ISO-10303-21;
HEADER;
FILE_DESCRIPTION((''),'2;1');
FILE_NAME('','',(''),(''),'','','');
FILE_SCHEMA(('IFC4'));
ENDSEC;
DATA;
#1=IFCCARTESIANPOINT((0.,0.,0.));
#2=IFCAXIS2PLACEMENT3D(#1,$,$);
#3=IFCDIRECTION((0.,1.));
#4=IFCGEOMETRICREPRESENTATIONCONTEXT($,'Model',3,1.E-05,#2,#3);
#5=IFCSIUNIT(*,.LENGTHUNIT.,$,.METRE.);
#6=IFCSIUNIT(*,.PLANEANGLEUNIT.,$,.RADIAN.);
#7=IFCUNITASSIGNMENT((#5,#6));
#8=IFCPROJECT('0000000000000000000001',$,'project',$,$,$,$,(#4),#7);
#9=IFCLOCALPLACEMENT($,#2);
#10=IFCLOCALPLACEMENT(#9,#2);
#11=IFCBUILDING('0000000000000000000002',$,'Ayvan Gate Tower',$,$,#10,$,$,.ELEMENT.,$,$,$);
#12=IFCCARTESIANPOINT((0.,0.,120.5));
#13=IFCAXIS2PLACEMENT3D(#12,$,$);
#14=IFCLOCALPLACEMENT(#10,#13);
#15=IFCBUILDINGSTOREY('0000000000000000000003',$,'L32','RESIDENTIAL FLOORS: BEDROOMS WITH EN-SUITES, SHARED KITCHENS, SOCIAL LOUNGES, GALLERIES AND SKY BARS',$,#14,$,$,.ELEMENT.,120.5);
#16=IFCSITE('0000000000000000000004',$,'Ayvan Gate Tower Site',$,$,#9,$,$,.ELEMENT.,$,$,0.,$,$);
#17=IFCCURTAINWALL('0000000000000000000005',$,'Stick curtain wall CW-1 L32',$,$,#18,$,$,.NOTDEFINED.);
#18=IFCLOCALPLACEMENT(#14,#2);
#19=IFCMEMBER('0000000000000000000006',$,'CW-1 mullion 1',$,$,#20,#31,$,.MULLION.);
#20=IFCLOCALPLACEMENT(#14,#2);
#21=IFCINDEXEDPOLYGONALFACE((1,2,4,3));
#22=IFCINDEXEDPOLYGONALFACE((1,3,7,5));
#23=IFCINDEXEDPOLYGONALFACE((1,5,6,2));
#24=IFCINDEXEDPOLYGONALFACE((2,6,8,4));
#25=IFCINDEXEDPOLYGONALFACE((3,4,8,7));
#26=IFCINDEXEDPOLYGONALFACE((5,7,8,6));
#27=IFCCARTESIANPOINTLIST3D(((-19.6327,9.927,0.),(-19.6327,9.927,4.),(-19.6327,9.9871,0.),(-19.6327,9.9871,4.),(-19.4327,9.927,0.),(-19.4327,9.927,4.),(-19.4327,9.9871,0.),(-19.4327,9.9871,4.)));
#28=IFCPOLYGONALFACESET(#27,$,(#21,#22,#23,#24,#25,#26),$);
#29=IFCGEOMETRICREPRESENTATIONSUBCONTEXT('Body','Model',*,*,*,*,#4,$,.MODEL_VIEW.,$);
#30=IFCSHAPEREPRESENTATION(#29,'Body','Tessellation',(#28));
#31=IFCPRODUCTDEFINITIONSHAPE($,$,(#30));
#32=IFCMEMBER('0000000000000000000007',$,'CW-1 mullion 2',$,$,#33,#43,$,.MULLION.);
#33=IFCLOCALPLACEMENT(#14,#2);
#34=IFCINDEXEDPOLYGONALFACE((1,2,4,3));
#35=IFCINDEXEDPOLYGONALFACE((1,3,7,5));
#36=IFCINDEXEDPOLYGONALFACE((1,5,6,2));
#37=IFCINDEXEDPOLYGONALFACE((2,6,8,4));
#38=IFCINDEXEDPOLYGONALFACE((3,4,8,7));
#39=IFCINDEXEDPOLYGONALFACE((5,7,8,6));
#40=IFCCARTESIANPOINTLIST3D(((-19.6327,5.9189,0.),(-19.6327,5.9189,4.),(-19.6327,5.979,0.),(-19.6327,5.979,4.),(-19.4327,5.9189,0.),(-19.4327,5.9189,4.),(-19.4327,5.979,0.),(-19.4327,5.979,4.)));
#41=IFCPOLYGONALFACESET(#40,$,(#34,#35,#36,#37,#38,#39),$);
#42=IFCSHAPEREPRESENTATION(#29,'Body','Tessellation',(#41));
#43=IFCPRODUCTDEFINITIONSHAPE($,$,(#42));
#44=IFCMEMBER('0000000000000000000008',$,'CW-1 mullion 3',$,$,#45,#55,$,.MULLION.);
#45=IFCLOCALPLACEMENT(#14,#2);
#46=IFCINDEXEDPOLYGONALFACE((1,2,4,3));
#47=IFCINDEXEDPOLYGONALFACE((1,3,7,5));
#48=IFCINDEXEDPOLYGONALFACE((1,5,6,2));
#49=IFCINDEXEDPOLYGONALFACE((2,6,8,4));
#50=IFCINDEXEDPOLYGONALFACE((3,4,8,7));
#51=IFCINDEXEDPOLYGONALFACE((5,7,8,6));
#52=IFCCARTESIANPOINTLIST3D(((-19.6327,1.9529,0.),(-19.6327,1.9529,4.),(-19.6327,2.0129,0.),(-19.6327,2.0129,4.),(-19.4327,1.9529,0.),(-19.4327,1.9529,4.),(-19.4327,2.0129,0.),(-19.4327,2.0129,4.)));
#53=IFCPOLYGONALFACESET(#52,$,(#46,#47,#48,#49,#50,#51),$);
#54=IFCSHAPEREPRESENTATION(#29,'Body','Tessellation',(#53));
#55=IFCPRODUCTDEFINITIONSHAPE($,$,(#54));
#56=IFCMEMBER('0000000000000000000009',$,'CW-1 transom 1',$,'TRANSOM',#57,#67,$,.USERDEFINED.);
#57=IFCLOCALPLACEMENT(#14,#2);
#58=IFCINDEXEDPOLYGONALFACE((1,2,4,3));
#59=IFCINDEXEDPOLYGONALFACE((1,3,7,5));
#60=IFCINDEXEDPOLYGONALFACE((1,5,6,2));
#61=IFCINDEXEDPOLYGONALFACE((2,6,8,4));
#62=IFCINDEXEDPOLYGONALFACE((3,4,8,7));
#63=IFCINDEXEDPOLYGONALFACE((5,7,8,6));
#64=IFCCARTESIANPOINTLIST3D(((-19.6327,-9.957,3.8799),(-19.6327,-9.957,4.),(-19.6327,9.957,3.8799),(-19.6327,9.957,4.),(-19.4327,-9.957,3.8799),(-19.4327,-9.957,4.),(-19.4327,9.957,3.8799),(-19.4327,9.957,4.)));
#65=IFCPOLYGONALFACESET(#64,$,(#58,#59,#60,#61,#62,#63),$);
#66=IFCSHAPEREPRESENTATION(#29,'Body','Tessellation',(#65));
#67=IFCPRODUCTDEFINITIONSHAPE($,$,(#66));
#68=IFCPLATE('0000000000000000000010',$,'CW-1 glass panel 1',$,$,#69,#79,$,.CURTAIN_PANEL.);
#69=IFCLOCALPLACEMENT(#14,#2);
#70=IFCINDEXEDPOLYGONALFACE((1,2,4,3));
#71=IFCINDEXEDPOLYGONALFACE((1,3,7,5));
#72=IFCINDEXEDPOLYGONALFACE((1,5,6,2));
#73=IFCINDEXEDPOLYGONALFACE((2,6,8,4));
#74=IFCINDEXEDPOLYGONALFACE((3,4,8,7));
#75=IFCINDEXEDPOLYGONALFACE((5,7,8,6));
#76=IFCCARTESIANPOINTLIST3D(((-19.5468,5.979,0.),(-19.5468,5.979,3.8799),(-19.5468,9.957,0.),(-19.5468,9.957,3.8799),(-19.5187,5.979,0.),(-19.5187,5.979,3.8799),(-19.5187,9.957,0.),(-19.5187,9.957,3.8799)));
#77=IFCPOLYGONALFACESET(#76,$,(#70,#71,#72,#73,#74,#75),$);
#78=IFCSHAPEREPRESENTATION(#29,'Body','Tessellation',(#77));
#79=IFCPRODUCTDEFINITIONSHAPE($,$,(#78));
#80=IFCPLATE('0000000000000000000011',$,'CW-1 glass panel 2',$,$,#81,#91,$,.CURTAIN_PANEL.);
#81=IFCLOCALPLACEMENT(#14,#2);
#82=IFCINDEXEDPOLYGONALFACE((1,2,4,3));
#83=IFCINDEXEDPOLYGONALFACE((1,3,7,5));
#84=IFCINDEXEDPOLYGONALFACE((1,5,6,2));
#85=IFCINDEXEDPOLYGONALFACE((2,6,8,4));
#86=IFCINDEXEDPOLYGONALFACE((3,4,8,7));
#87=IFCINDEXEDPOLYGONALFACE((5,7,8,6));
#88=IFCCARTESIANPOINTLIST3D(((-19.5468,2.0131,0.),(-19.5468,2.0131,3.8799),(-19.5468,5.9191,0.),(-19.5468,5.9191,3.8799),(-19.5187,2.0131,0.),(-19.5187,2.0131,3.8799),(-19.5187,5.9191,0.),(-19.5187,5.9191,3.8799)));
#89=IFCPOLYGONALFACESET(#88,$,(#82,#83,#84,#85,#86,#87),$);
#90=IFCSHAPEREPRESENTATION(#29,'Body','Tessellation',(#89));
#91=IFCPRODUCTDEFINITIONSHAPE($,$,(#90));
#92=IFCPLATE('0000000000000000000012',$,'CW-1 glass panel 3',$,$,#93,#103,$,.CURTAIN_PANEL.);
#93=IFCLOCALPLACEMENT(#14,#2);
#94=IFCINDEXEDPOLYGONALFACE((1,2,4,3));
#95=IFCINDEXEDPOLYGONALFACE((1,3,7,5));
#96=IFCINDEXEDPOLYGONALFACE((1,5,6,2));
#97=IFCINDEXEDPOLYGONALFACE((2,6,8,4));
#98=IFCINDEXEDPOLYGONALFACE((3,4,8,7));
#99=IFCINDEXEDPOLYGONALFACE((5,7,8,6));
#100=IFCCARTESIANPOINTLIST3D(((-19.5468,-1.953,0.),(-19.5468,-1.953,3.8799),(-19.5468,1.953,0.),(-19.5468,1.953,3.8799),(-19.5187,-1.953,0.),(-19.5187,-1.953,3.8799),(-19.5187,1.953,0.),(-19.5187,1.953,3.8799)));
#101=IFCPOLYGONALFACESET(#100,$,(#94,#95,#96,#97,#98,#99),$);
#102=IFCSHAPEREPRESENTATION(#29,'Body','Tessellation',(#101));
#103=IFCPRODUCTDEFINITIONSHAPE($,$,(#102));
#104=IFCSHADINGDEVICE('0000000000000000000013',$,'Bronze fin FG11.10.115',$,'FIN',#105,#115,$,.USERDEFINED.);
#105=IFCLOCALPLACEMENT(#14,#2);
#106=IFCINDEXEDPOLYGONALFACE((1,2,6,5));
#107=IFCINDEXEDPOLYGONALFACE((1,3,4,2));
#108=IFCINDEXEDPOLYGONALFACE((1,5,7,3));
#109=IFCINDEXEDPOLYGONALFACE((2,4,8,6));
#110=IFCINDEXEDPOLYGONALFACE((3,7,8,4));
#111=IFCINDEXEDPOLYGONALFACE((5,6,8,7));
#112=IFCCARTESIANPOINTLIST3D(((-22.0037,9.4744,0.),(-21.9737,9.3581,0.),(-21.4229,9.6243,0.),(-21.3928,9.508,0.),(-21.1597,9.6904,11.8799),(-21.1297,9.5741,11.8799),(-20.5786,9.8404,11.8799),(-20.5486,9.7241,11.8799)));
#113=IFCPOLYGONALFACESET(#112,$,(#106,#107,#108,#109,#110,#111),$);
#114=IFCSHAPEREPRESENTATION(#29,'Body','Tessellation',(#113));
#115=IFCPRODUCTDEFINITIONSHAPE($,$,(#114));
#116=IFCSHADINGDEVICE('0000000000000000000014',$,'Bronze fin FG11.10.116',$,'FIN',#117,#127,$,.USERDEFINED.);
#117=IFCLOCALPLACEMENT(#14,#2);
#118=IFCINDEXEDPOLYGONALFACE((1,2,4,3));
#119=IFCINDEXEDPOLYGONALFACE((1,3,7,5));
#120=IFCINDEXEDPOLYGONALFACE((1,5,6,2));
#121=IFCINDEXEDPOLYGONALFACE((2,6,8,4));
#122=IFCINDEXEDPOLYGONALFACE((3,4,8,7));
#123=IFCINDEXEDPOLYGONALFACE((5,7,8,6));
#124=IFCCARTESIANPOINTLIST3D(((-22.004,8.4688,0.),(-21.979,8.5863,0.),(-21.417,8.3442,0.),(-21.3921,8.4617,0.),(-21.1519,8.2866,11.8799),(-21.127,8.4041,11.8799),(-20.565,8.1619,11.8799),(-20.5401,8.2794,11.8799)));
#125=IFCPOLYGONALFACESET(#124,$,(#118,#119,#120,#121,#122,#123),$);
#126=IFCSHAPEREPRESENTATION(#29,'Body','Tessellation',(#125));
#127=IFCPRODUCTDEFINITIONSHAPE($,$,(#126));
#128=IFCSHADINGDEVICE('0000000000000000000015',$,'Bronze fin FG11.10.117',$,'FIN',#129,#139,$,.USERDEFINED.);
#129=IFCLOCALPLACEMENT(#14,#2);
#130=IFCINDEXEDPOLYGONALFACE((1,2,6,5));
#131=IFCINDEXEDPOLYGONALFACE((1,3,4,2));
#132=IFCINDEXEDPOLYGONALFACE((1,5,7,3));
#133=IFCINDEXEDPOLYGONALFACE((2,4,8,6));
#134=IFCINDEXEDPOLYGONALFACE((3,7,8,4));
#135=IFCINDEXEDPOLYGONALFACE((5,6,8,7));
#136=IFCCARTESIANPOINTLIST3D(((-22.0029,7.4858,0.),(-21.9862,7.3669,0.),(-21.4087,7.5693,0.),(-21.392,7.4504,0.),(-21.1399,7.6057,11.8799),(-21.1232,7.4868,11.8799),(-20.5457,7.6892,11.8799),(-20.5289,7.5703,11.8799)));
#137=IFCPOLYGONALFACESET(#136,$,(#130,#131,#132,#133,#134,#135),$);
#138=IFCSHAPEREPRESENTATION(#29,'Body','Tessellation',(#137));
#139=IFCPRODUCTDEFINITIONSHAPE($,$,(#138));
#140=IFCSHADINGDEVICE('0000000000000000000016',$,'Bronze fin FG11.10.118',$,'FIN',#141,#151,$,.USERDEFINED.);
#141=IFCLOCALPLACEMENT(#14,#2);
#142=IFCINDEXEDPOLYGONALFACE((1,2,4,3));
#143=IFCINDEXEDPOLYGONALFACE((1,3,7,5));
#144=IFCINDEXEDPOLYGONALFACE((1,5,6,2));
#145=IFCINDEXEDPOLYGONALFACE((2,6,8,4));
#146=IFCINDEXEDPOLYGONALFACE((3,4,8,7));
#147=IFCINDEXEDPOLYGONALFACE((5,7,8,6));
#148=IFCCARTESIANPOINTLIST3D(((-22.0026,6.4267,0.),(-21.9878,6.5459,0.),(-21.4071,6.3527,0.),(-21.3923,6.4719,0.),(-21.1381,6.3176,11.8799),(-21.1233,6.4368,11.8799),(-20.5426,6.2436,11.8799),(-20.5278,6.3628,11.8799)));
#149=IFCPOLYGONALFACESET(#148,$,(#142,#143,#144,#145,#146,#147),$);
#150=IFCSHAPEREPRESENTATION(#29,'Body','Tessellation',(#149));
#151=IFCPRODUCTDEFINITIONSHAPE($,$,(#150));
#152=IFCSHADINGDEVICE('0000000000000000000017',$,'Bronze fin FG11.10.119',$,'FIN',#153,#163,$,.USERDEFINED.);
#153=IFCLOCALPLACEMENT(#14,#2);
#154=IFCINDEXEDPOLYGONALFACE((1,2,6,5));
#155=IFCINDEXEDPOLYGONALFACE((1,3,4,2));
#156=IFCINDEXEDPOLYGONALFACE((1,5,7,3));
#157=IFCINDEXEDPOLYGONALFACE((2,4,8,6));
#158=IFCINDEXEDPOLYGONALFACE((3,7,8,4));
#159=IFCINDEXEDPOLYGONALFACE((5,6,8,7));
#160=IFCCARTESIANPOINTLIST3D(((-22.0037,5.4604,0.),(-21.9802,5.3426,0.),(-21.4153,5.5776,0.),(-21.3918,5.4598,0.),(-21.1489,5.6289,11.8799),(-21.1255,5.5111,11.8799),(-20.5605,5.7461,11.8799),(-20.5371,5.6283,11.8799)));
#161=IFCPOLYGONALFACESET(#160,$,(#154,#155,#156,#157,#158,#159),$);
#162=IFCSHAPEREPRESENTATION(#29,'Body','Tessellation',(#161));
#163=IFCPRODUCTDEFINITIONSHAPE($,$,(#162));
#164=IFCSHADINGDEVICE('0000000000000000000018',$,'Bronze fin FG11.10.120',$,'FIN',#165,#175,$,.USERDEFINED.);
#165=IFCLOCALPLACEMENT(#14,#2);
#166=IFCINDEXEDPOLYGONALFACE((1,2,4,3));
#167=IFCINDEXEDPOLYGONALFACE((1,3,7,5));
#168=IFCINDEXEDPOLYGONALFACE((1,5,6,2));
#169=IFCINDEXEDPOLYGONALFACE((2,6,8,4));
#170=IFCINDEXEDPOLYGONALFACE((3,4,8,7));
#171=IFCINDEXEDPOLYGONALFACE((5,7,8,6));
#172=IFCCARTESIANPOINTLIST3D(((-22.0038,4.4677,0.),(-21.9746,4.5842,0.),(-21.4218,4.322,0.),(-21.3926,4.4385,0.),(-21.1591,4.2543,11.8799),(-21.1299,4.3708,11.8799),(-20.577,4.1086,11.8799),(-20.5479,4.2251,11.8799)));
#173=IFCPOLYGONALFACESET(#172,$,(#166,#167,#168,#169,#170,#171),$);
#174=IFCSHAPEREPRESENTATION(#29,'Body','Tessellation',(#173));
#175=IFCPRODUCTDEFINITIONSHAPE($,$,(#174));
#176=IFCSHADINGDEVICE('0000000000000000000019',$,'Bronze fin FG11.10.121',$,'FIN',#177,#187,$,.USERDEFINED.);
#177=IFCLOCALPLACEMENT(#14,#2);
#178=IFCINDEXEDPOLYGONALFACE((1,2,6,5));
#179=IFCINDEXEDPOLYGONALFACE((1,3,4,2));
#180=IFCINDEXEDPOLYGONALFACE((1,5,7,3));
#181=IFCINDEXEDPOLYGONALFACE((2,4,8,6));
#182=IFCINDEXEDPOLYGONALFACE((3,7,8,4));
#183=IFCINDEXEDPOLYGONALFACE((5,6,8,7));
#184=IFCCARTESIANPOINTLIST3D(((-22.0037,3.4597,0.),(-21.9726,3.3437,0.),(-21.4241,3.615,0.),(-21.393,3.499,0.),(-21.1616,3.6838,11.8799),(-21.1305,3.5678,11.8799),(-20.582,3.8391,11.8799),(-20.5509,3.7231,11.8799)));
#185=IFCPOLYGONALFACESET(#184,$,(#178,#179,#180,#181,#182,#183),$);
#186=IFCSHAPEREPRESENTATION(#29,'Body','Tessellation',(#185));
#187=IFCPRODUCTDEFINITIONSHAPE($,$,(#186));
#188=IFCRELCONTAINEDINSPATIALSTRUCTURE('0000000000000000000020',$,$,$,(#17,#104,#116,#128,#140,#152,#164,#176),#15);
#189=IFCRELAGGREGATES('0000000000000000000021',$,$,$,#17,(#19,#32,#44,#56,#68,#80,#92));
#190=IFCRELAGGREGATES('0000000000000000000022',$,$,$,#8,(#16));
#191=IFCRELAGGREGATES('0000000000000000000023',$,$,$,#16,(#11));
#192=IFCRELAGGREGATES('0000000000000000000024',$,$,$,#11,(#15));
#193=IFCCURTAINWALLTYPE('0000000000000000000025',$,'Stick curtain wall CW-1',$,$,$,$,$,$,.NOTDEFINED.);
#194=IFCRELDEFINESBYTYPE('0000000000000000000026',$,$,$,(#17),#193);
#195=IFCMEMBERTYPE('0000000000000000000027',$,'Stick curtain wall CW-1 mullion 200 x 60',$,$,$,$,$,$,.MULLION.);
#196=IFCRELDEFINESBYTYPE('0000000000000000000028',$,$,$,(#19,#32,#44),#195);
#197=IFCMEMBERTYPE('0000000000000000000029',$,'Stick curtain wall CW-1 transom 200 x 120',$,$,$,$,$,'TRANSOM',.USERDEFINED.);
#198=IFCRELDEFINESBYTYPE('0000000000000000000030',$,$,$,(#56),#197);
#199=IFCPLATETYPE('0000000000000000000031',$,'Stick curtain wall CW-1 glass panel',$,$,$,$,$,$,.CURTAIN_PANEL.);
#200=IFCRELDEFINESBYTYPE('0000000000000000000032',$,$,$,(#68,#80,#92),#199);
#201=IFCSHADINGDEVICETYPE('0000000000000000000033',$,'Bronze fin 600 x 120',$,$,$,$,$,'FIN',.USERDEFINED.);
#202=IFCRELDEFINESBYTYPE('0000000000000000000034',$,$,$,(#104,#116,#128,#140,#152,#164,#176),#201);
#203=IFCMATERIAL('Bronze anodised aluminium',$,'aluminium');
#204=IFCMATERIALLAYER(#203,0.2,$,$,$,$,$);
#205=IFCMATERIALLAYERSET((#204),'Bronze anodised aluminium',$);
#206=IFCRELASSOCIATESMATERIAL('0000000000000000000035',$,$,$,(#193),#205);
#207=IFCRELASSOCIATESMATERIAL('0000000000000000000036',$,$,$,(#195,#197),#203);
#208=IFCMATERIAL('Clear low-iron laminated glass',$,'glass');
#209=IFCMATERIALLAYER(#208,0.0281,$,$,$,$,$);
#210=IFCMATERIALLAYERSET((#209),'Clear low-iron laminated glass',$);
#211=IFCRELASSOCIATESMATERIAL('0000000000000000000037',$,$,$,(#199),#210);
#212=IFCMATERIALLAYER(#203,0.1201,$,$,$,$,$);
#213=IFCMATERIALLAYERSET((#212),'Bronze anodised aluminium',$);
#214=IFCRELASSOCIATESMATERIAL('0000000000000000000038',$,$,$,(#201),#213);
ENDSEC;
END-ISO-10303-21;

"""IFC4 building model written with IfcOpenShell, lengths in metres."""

from ifc_helpers import new_model, si_unit, direction, frame, origin, origin_2d, place, context, subcontext, project, spatial, polyline, rectangle, outline, extrude, material, layer, layer_set, material_profile, profile_set, type_object, element, aggregate, save


model = new_model("IFC4")

# Units and contexts
model_context = context("Model", 3, precision=1e-05, world=origin(), true_north=direction((0.0, 1.0)))
body_context = subcontext(model_context, "Body", "Model", "MODEL_VIEW")
ifc_project = project(units=[si_unit("LENGTHUNIT", "METRE"), si_unit("PLANEANGLEUNIT", "RADIAN")], contexts=[model_context])

# Site, building, storey
site_placement = place(None, origin())
site = spatial("IfcSite", under=ifc_project, at=site_placement, Name="Ayvan Gate Tower Site", CompositionType="ELEMENT", RefElevation=0.0)
building_placement = place(site_placement, origin())
building = spatial("IfcBuilding", under=site, at=building_placement, Name="Ayvan Gate Tower", CompositionType="ELEMENT")
storey_placement = place(building_placement, frame((0.0, 0.0, 120.5)))
storey = spatial("IfcBuildingStorey", under=building, at=storey_placement, Name="L32", Description="RESIDENTIAL FLOORS: BEDROOMS WITH EN-SUITES, SHARED KITCHENS, SOCIAL LOUNGES, GALLERIES AND SKY BARS", CompositionType="ELEMENT", Elevation=120.5)

# Curtain wall, members, plates
ifc_material_1 = material(Name="Bronze anodised aluminium", Category="aluminium")
ifc_layer_1 = layer(ifc_material_1, 0.2)
ifc_layer_set_1 = layer_set([ifc_layer_1], Name="Bronze anodised aluminium")
curtain_wall_type = type_object("IfcCurtainWallType", Name="Stick curtain wall CW-1", PredefinedType="NOTDEFINED", material=ifc_layer_set_1)
curtain_wall_placement = place(storey_placement, origin())
curtain_wall = element("IfcCurtainWall", 1, at=curtain_wall_placement, inside=storey, type_object=curtain_wall_type, Name="Stick curtain wall CW-1 L32", PredefinedType="NOTDEFINED")
ifc_material_profile_1 = material_profile(ifc_material_1, rectangle(XDim=0.2, YDim=0.0601, at=origin_2d()), Name="Stick curtain wall CW-1 mullion 200 x 60")
ifc_profile_set_1 = profile_set([ifc_material_profile_1], Name="Bronze anodised aluminium")
member_type_1 = type_object("IfcMemberType", Name="Stick curtain wall CW-1 mullion 200 x 60", PredefinedType="MULLION", material=ifc_profile_set_1)
member_1_placement = place(storey_placement, frame((-19.5327, 9.957, 0.0), z_axis=(0.0, 0.0, 1.0), x_axis=(-1.0, 0.0, 0.0)))
member_1 = element("IfcMember", 2, at=member_1_placement, type_object=member_type_1, Name="CW-1 mullion 1", PredefinedType="MULLION", context=body_context, shape_type="SweptSolid", body=[
    extrude(rectangle(XDim=0.2, YDim=0.0601, at=origin_2d()), origin(), (0.0, 0.0, 1.0), 4.0),
])
member_2_placement = place(storey_placement, frame((-19.5327, 5.949, 0.0), z_axis=(0.0, 0.0, 1.0), x_axis=(-1.0, 0.0, 0.0)))
member_2 = element("IfcMember", 3, at=member_2_placement, type_object=member_type_1, Name="CW-1 mullion 2", PredefinedType="MULLION", context=body_context, shape_type="SweptSolid", body=[
    extrude(rectangle(XDim=0.2, YDim=0.0601, at=origin_2d()), origin(), (0.0, 0.0, 1.0), 4.0),
])
member_3_placement = place(storey_placement, frame((-19.5327, 1.9829, 0.0), z_axis=(0.0, 0.0, 1.0), x_axis=(-1.0, 0.0, 0.0)))
member_3 = element("IfcMember", 4, at=member_3_placement, type_object=member_type_1, Name="CW-1 mullion 3", PredefinedType="MULLION", context=body_context, shape_type="SweptSolid", body=[
    extrude(rectangle(XDim=0.2, YDim=0.0601, at=origin_2d()), origin(), (0.0, 0.0, 1.0), 4.0),
])
ifc_material_profile_2 = material_profile(ifc_material_1, rectangle(XDim=0.2, YDim=0.1201, at=origin_2d()), Name="Stick curtain wall CW-1 transom 200 x 120")
ifc_profile_set_2 = profile_set([ifc_material_profile_2], Name="Bronze anodised aluminium")
member_type_2 = type_object("IfcMemberType", Name="Stick curtain wall CW-1 transom 200 x 120", ElementType="TRANSOM", PredefinedType="USERDEFINED", material=ifc_profile_set_2)
member_4_placement = place(storey_placement, frame((-19.5327, 9.957, 3.9399), z_axis=(0.0, -1.0, 0.0), x_axis=(1.0, 0.0, 0.0)))
member_4 = element("IfcMember", 5, at=member_4_placement, type_object=member_type_2, Name="CW-1 transom 1", ObjectType="TRANSOM", PredefinedType="USERDEFINED", context=body_context, shape_type="SweptSolid", body=[
    extrude(rectangle(XDim=0.2, YDim=0.1201, at=origin_2d()), origin(), (0.0, 0.0, 1.0), 19.9141),
])
ifc_material_2 = material(Name="Clear low-iron laminated glass", Category="glass")
ifc_layer_2 = layer(ifc_material_2, 0.0281)
ifc_layer_set_2 = layer_set([ifc_layer_2], Name="Clear low-iron laminated glass")
plate_type = type_object("IfcPlateType", Name="Stick curtain wall CW-1 glass panel", PredefinedType="CURTAIN_PANEL", material=ifc_layer_set_2)
plate_1_placement = place(storey_placement, frame((-19.5327, 7.968, 0.0), z_axis=(0.0, 0.0, 1.0), x_axis=(0.0, -1.0, 0.0)))
plate_1 = element("IfcPlate", 6, at=plate_1_placement, type_object=plate_type, Name="CW-1 glass panel 1", PredefinedType="CURTAIN_PANEL", context=body_context, shape_type="SweptSolid", body=[
    extrude(rectangle(XDim=3.978, YDim=0.0281, at=origin_2d()), origin(), (0.0, 0.0, 1.0), 3.8799),
])
plate_2_placement = place(storey_placement, frame((-19.5327, 3.9661, 0.0), z_axis=(0.0, 0.0, 1.0), x_axis=(0.0, -1.0, 0.0)))
plate_2 = element("IfcPlate", 7, at=plate_2_placement, type_object=plate_type, Name="CW-1 glass panel 2", PredefinedType="CURTAIN_PANEL", context=body_context, shape_type="SweptSolid", body=[
    extrude(rectangle(XDim=3.906, YDim=0.0281, at=origin_2d()), origin(), (0.0, 0.0, 1.0), 3.8799),
])
plate_3_placement = place(storey_placement, frame((-19.5327, 0.0, 0.0), z_axis=(0.0, 0.0, 1.0), x_axis=(0.0, -1.0, 0.0)))
plate_3 = element("IfcPlate", 8, at=plate_3_placement, type_object=plate_type, Name="CW-1 glass panel 3", PredefinedType="CURTAIN_PANEL", context=body_context, shape_type="SweptSolid", body=[
    extrude(rectangle(XDim=3.906, YDim=0.0281, at=origin_2d()), origin(), (0.0, 0.0, 1.0), 3.8799),
])
aggregate(curtain_wall, [member_1, member_2, member_3, member_4, plate_1, plate_2, plate_3])

# Shading devices
ifc_layer_3 = layer(ifc_material_1, 0.1201)
ifc_layer_set_3 = layer_set([ifc_layer_3], Name="Bronze anodised aluminium")
shading_device_type = type_object("IfcShadingDeviceType", Name="Bronze fin 600 x 120", ElementType="FIN", PredefinedType="USERDEFINED", material=ifc_layer_set_3)
shading_device_1_placement = place(storey_placement, frame((-21.4229, 9.6243, 0.0), z_axis=(-0.249853, 0.968284, 0.000143), x_axis=(-0.968284, -0.249853, 0.0)))
element("IfcShadingDevice", 9, at=shading_device_1_placement, inside=storey, type_object=shading_device_type, Name="Bronze fin FG11.10.115", ObjectType="FIN", PredefinedType="USERDEFINED", context=body_context, shape_type="SweptSolid", body=[
    extrude(outline(polyline([(0.0, 0.0), (0.5998, 0.0), (-0.2714, 11.8799), (-0.8714, 11.8799), (0.0, 0.0)])), origin(), (0.0, 0.0, -1.0), 0.1201),
])
shading_device_2_placement = place(storey_placement, frame((-21.3921, 8.4617, 0.0), z_axis=(0.207722, 0.978188, 0.000108), x_axis=(-0.978188, 0.207722, 0.0)))
element("IfcShadingDevice", 10, at=shading_device_2_placement, inside=storey, type_object=shading_device_type, Name="Bronze fin FG11.10.116", ObjectType="FIN", PredefinedType="USERDEFINED", context=body_context, shape_type="SweptSolid", body=[
    extrude(outline(polyline([(0.0, 0.0), (0.6, 0.0), (-0.2713, 11.8799), (-0.8713, 11.8799), (0.0, 0.0)])), origin(), (0.0, 0.0, -1.0), 0.1201),
])
shading_device_3_placement = place(storey_placement, frame((-21.4087, 7.5693, 0.0), z_axis=(-0.139143, 0.990272, 0.000116), x_axis=(-0.990272, -0.139143, 0.0)))
element("IfcShadingDevice", 11, at=shading_device_3_placement, inside=storey, type_object=shading_device_type, Name="Bronze fin FG11.10.117", ObjectType="FIN", PredefinedType="USERDEFINED", context=body_context, shape_type="SweptSolid", body=[
    extrude(outline(polyline([(0.0, 0.0), (0.6001, 0.0), (-0.2712, 11.8799), (-0.8713, 11.8799), (0.0, 0.0)])), origin(), (0.0, 0.0, -1.0), 0.1201),
])
shading_device_4_placement = place(storey_placement, frame((-21.3923, 6.4719, 0.0), z_axis=(0.123284, 0.992371, 0.000145), x_axis=(-0.992371, 0.123284, 0.0)))
element("IfcShadingDevice", 12, at=shading_device_4_placement, inside=storey, type_object=shading_device_type, Name="Bronze fin FG11.10.118", ObjectType="FIN", PredefinedType="USERDEFINED", context=body_context, shape_type="SweptSolid", body=[
    extrude(outline(polyline([(0.0, 0.0), (0.6, 0.0), (-0.2713, 11.8799), (-0.8714, 11.8799), (0.0, 0.0)])), origin(), (0.0, 0.0, -1.0), 0.1201),
])
shading_device_5_placement = place(storey_placement, frame((-21.4153, 5.5776, 0.0), z_axis=(-0.195333, 0.980737, 0.000147), x_axis=(-0.980737, -0.195333, 0.0)))
element("IfcShadingDevice", 13, at=shading_device_5_placement, inside=storey, type_object=shading_device_type, Name="Bronze fin FG11.10.119", ObjectType="FIN", PredefinedType="USERDEFINED", context=body_context, shape_type="SweptSolid", body=[
    extrude(outline(polyline([(0.0, 0.0), (0.5999, 0.0), (-0.2712, 11.8799), (-0.8712, 11.8799), (0.0, 0.0)])), origin(), (0.0, 0.0, -1.0), 0.1201),
])
shading_device_6_placement = place(storey_placement, frame((-21.3926, 4.4385, 0.0), z_axis=(0.242919, 0.970047, 0.00015), x_axis=(-0.970047, 0.242919, 0.0)))
element("IfcShadingDevice", 14, at=shading_device_6_placement, inside=storey, type_object=shading_device_type, Name="Bronze fin FG11.10.120", ObjectType="FIN", PredefinedType="USERDEFINED", context=body_context, shape_type="SweptSolid", body=[
    extrude(outline(polyline([(0.0, 0.0), (0.6, 0.0), (-0.2713, 11.8799), (-0.8713, 11.8799), (0.0, 0.0)])), origin(), (0.0, 0.0, -1.0), 0.1201),
])
shading_device_7_placement = place(storey_placement, frame((-21.4241, 3.615, 0.0), z_axis=(-0.258777, 0.965937, 0.000119), x_axis=(-0.965937, -0.258777, 0.0)))
element("IfcShadingDevice", 15, at=shading_device_7_placement, inside=storey, type_object=shading_device_type, Name="Bronze fin FG11.10.121", ObjectType="FIN", PredefinedType="USERDEFINED", context=body_context, shape_type="SweptSolid", body=[
    extrude(outline(polyline([(0.0, 0.0), (0.6, 0.0), (-0.2713, 11.8799), (-0.8714, 11.8799), (0.0, 0.0)])), origin(), (0.0, 0.0, -1.0), 0.1201),
])

save(model, "model.ifc")
